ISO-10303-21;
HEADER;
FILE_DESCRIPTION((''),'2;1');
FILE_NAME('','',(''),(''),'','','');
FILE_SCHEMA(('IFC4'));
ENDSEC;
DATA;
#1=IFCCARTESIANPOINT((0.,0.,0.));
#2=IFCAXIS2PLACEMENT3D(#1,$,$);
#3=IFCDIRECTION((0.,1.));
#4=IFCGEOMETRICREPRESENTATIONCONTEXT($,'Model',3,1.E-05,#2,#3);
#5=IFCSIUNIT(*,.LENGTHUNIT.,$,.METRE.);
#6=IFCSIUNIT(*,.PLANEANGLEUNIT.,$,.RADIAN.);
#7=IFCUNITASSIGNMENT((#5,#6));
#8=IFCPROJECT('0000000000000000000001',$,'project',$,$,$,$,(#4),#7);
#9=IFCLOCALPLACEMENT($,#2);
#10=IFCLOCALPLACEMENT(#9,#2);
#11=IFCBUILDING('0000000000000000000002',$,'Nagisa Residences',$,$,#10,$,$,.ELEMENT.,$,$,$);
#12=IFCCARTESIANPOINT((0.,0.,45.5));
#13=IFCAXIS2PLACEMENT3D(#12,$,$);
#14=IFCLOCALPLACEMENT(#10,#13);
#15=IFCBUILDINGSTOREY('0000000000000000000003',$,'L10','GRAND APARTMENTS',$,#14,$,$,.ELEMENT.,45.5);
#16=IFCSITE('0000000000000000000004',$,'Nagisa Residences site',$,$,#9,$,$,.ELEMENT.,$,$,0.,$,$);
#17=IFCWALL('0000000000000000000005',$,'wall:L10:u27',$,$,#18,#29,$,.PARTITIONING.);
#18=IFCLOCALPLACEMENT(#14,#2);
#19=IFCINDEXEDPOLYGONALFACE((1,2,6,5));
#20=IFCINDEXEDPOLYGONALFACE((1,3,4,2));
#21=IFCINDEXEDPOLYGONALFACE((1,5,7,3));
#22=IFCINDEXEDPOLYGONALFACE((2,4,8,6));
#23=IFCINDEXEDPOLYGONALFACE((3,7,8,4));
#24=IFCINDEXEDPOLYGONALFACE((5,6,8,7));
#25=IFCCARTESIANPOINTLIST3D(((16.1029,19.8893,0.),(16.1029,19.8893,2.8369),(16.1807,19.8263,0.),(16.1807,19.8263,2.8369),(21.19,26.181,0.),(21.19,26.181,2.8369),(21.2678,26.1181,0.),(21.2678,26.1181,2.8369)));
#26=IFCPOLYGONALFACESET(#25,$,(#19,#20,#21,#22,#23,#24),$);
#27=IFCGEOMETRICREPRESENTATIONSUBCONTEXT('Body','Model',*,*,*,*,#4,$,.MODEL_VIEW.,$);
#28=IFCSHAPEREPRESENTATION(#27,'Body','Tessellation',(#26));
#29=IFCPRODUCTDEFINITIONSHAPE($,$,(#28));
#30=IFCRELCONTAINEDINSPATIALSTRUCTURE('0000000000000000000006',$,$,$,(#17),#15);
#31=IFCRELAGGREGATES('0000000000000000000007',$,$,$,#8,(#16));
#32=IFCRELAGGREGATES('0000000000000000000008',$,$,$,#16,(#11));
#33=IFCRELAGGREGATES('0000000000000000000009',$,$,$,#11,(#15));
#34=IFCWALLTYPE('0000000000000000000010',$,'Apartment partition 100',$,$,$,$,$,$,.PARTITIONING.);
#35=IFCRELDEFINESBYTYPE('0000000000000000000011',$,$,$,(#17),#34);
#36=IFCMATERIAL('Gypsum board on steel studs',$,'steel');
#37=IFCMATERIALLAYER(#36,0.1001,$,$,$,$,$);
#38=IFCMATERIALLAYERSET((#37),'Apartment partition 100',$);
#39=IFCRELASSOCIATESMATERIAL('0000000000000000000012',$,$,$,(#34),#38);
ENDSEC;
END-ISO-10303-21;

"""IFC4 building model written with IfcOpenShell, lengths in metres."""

from ifc_helpers import new_model, si_unit, direction, frame, frame_2d, origin, place, context, subcontext, project, spatial, rectangle, extrude, material, layer, layer_set, type_object, element, save


model = new_model("IFC4")

# Units and contexts
model_context = context("Model", 3, precision=1e-05, world=origin(), true_north=direction((0.0, 1.0)))
body_context = subcontext(model_context, "Body", "Model", "MODEL_VIEW")
ifc_project = project(units=[si_unit("LENGTHUNIT", "METRE"), si_unit("PLANEANGLEUNIT", "RADIAN")], contexts=[model_context])

# Site, building, storey
site_placement = place(None, origin())
site = spatial("IfcSite", under=ifc_project, at=site_placement, Name="Nagisa Residences site", CompositionType="ELEMENT", RefElevation=0.0)
building_placement = place(site_placement, origin())
building = spatial("IfcBuilding", under=site, at=building_placement, Name="Nagisa Residences", CompositionType="ELEMENT")
storey_placement = place(building_placement, frame((0.0, 0.0, 45.5)))
storey = spatial("IfcBuildingStorey", under=building, at=storey_placement, Name="L10", Description="GRAND APARTMENTS", CompositionType="ELEMENT", Elevation=45.5)

# Shared definitions
ifc_material_1 = material(Name="Gypsum board on steel studs", Category="steel")
ifc_layer_1 = layer(ifc_material_1, 0.1001)
ifc_layer_set_1 = layer_set([ifc_layer_1], Name="Apartment partition 100")
wall_type_1 = type_object("IfcWallType", Name="Apartment partition 100", PredefinedType="PARTITIONING", material=ifc_layer_set_1)

# Wall
wall_1_placement = place(storey_placement, frame((16.1418, 19.8579, 0.0), z_axis=(0.0, 0.0, 1.0), x_axis=(0.628738, 0.777617, 0.0)))
element("IfcWall", 1, at=wall_1_placement, inside=storey, type_object=wall_type_1, Name="wall:L10:u27", PredefinedType="PARTITIONING", context=body_context, shape_type="SweptSolid", body=[
    extrude(rectangle(XDim=8.0911, YDim=0.1001, at=frame_2d((4.0454, 0.0))), origin(), (0.0, 0.0, 1.0), 2.8369),
])

save(model, "model.ifc")
